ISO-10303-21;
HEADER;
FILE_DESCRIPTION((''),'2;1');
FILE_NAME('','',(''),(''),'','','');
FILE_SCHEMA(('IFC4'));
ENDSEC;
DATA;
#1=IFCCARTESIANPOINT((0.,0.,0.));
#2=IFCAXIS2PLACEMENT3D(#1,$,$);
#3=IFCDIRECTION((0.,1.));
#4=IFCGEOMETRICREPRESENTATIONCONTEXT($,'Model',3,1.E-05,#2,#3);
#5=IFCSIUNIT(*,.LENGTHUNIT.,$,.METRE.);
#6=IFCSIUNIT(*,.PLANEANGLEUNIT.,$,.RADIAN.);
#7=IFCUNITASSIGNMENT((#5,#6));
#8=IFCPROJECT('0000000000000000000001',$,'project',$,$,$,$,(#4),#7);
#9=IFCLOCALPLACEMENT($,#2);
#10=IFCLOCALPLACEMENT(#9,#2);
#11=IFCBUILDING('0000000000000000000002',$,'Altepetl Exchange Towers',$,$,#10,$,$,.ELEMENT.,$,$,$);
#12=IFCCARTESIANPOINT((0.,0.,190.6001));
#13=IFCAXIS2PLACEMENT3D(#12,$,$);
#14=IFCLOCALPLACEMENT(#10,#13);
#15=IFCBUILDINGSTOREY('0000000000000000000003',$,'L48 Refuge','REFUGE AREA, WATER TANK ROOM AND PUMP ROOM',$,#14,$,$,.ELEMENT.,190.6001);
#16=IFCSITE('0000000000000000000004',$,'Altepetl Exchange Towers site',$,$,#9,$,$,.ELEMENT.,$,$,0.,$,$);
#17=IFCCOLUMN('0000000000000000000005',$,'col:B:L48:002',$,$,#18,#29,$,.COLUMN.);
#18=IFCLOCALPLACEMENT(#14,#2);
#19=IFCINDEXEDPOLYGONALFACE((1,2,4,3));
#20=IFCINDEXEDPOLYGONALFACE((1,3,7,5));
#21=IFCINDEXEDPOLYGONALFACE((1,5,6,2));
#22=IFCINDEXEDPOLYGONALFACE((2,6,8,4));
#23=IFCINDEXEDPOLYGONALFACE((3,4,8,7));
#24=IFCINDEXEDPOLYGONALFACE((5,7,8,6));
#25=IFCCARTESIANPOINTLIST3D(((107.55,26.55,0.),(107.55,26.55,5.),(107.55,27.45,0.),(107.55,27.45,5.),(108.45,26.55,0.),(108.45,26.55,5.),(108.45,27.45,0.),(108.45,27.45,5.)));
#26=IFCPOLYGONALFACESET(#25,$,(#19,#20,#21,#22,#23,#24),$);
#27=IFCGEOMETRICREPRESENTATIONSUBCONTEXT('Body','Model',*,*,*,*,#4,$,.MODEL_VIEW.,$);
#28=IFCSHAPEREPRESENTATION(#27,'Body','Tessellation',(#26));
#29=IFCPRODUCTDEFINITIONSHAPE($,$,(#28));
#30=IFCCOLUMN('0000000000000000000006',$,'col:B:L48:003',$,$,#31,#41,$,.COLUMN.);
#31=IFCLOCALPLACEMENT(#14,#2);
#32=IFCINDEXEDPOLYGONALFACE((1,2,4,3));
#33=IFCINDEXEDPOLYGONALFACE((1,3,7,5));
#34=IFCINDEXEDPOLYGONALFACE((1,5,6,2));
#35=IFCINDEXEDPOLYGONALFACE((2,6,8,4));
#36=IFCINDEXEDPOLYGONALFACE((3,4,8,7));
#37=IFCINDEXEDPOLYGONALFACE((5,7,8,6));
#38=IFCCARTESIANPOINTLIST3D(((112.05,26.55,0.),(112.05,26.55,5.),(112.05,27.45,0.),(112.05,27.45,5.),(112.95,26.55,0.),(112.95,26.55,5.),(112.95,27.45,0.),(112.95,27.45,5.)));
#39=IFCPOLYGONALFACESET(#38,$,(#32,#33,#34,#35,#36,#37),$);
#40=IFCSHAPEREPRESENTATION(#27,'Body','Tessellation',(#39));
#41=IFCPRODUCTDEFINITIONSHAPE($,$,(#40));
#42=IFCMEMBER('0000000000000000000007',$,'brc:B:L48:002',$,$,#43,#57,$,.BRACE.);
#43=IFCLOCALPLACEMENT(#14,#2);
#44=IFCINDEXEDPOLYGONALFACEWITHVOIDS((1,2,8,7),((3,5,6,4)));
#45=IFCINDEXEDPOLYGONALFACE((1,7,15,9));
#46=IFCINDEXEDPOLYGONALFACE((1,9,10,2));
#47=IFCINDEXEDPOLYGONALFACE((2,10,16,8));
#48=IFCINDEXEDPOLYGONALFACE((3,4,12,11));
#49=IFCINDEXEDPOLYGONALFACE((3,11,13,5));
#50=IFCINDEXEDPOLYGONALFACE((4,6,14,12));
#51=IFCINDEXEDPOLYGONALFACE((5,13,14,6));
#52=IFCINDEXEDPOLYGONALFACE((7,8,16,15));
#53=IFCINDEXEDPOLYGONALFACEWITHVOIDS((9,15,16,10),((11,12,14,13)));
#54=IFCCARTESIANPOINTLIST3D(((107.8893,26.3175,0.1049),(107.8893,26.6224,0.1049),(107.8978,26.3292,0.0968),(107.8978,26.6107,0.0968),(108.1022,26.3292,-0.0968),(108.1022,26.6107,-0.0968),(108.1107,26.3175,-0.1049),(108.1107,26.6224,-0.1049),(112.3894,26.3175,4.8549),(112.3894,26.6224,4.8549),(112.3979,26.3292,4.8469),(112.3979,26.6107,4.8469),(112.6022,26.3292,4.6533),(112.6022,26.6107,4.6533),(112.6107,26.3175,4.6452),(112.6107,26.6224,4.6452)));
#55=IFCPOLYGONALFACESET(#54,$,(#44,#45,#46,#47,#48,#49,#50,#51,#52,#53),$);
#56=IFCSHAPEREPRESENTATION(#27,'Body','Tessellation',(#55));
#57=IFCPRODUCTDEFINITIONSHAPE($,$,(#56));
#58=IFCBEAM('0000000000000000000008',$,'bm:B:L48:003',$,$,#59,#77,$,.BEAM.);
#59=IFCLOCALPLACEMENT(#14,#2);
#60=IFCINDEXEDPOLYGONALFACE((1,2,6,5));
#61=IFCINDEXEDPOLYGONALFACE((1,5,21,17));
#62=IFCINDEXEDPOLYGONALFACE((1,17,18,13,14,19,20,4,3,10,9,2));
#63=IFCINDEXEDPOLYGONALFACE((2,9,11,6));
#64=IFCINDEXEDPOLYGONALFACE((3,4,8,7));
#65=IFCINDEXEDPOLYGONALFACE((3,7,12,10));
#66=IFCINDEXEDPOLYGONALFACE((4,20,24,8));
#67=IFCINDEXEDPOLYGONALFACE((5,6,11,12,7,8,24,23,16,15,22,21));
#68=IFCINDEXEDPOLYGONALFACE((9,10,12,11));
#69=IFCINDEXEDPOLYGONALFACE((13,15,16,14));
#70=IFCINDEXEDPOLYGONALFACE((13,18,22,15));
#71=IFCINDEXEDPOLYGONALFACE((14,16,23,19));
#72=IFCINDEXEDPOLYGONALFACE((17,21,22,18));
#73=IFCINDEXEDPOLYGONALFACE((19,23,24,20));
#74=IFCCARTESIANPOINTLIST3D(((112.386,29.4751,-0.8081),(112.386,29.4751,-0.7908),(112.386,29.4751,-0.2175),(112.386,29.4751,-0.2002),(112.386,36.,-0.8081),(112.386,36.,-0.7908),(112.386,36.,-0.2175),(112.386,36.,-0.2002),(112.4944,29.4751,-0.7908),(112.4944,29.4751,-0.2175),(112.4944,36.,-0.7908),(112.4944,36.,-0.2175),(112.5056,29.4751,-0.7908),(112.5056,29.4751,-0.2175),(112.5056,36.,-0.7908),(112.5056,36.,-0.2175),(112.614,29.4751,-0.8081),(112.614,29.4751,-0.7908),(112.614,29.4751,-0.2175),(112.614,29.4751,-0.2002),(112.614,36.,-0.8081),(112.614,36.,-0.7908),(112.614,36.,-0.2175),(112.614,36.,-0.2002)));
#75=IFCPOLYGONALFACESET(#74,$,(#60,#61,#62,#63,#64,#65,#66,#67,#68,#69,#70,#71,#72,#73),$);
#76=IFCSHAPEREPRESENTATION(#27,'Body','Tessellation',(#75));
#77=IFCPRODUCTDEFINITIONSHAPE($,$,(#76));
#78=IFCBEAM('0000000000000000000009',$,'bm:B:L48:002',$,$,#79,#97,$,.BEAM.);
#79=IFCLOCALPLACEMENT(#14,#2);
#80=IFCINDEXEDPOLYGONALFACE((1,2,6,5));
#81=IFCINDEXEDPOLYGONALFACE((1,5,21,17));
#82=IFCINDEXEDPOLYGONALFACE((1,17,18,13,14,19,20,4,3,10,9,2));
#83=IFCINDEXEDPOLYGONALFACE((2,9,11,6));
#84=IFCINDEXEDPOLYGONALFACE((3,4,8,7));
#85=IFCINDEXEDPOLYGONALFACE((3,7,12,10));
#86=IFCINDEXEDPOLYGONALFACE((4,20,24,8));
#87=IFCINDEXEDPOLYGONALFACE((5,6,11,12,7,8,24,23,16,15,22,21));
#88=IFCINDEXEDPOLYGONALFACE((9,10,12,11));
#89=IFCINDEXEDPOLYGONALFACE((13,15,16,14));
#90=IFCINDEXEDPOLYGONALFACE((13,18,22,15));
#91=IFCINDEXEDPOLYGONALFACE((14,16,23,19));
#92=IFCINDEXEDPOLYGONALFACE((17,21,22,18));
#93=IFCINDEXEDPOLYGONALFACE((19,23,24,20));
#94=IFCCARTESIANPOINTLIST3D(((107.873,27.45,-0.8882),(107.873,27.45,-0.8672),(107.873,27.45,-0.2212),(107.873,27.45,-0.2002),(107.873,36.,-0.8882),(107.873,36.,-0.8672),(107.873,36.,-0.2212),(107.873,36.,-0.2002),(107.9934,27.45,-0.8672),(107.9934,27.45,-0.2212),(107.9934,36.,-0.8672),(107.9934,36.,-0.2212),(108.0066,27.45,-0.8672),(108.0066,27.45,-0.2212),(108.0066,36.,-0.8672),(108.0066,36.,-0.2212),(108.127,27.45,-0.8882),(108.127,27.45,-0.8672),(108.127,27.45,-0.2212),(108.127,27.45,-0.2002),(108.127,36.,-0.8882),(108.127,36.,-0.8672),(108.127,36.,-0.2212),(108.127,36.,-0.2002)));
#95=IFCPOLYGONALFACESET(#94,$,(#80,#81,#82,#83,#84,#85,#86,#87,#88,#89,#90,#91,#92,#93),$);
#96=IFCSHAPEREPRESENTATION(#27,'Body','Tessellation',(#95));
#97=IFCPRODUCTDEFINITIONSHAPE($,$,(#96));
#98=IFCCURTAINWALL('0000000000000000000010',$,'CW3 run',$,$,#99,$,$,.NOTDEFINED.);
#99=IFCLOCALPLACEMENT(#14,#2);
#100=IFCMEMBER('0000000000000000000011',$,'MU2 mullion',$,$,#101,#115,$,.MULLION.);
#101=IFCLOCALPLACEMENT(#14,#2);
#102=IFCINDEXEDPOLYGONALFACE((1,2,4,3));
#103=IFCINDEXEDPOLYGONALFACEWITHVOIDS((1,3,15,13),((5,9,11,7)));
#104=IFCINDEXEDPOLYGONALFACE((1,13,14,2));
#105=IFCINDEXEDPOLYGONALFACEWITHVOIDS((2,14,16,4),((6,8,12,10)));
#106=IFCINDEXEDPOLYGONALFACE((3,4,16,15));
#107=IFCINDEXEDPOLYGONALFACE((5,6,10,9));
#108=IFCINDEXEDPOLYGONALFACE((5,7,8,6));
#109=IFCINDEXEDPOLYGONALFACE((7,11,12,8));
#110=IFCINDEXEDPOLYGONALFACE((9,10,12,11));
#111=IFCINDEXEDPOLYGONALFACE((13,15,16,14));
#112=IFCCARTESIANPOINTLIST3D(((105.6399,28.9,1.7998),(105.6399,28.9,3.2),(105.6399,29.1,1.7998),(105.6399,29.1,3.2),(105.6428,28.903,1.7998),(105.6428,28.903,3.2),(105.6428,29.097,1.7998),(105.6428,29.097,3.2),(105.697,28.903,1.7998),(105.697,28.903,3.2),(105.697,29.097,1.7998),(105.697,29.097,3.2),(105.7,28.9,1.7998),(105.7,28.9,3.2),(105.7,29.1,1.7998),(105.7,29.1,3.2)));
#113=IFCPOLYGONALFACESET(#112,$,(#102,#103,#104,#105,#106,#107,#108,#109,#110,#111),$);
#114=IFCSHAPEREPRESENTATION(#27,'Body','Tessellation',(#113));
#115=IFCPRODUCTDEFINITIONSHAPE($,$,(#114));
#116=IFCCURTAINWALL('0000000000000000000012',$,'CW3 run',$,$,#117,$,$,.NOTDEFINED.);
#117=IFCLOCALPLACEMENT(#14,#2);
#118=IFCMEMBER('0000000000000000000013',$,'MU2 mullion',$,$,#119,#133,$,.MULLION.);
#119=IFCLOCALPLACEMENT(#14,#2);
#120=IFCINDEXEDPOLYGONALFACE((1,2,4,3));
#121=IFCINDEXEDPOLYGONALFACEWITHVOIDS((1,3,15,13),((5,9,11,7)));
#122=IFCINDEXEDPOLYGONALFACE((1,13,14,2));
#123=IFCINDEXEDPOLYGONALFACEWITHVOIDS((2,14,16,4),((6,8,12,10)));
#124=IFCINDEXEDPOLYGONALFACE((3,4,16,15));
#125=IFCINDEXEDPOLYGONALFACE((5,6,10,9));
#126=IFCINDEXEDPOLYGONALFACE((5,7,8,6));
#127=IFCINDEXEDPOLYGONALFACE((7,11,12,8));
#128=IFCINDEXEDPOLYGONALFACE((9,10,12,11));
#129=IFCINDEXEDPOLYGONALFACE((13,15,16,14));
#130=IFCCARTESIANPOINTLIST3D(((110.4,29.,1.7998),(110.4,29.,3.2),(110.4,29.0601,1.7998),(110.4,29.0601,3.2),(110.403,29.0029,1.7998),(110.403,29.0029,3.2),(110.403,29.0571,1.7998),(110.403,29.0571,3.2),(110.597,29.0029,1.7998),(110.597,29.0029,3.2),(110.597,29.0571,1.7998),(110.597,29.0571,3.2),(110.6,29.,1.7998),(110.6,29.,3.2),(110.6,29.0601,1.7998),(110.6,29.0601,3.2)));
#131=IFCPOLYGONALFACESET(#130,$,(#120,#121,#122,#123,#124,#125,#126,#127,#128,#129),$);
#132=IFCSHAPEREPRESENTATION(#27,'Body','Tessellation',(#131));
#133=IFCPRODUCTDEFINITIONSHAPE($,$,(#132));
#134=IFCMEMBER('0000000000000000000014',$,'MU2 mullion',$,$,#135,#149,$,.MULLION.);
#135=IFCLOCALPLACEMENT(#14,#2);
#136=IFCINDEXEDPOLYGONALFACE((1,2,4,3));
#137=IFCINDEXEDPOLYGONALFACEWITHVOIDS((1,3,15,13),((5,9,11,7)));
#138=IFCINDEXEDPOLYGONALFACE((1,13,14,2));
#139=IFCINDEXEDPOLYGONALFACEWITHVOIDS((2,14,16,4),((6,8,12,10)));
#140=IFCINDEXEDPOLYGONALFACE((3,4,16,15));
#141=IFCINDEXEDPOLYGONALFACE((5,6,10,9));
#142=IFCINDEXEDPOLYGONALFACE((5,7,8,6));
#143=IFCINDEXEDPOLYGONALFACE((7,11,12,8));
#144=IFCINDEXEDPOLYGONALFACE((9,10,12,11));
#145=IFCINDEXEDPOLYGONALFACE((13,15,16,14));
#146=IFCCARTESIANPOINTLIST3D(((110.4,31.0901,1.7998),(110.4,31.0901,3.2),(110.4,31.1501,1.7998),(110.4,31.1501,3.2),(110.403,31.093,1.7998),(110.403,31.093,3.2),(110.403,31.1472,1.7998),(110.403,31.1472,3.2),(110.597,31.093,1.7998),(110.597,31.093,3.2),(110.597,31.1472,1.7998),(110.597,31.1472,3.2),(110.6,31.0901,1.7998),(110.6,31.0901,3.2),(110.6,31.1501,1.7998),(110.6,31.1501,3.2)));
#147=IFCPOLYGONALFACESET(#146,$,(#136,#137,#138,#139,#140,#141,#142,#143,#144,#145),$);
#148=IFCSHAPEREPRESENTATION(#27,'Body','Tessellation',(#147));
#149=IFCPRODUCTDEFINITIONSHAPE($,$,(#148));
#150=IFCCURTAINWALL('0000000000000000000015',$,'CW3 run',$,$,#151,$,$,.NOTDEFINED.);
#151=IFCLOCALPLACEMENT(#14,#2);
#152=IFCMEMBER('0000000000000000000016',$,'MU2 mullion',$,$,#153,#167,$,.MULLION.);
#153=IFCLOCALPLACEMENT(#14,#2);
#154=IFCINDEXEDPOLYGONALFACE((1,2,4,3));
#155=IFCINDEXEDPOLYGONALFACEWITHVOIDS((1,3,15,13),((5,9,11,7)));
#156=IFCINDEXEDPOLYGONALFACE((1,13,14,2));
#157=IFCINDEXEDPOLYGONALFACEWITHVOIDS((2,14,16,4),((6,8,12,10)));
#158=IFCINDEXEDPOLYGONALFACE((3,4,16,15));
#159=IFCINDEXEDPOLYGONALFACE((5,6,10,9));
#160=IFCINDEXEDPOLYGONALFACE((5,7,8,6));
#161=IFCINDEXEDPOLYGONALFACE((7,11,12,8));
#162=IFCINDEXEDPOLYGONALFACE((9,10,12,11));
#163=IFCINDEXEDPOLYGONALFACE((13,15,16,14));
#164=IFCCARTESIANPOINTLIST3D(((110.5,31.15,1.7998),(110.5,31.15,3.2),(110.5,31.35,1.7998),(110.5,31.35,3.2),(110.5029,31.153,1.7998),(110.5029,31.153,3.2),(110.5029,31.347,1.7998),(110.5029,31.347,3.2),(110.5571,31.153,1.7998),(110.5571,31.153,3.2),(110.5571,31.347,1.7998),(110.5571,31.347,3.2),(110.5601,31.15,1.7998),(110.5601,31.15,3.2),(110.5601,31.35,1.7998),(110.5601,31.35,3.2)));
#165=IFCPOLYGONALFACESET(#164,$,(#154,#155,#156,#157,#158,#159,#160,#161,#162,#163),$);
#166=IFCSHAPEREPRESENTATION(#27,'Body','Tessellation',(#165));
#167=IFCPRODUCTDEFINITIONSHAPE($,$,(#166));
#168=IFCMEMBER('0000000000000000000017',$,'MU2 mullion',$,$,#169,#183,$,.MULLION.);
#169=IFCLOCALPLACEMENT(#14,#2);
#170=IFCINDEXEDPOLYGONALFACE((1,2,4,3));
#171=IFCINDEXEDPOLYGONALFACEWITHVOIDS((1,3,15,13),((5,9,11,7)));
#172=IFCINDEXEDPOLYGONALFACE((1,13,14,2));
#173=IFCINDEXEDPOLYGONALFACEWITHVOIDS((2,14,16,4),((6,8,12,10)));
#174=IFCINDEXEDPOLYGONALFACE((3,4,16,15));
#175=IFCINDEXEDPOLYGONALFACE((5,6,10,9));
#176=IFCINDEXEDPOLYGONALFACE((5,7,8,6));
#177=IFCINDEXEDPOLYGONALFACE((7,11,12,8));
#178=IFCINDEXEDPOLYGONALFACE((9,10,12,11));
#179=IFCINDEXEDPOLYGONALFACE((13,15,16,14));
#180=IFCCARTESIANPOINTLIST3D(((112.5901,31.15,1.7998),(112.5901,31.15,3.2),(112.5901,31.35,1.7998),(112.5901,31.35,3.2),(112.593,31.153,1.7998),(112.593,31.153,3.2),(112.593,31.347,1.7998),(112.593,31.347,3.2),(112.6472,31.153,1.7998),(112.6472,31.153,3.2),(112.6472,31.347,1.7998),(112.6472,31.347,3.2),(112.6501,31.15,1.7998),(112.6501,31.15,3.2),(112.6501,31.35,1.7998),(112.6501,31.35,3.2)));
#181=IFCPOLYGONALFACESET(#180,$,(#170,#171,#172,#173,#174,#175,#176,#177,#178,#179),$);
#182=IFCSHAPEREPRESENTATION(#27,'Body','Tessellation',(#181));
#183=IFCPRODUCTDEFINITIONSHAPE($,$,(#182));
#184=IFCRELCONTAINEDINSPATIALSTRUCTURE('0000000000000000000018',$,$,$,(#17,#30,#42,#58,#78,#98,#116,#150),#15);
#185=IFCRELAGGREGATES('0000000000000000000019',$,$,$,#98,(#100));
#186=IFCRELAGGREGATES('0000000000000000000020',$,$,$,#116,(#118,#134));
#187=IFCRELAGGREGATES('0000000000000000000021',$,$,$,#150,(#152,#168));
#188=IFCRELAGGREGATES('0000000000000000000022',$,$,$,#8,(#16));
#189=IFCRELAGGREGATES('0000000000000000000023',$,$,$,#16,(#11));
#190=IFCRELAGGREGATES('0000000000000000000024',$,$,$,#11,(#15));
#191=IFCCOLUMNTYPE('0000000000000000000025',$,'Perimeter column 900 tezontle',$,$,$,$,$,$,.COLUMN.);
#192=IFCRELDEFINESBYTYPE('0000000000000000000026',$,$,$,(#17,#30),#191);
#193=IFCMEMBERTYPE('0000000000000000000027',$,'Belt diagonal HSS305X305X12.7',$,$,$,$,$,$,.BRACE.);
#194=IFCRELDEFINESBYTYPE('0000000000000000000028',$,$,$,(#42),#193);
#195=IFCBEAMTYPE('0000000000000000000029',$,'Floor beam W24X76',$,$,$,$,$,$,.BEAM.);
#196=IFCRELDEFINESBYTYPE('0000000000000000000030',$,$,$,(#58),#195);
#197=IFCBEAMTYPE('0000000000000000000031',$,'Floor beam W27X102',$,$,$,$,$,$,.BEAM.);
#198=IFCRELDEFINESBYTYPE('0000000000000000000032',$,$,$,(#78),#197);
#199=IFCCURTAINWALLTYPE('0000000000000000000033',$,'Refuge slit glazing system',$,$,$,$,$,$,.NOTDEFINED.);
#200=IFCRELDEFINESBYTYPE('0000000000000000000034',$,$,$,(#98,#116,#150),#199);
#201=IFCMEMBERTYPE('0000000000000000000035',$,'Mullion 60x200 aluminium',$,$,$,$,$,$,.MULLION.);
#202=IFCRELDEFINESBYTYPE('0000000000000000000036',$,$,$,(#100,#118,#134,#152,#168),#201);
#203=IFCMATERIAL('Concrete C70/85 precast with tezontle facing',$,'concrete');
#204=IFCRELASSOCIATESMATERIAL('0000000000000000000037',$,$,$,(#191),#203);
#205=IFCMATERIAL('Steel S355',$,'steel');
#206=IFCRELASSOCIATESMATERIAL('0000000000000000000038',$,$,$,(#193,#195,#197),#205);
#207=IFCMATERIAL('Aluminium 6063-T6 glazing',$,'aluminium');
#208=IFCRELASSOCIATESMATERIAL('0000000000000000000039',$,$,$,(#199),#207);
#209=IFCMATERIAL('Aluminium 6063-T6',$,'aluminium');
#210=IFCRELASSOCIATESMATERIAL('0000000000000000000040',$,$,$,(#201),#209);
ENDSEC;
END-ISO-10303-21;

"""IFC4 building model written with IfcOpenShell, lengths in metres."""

from ifc_helpers import new_model, si_unit, direction, frame, origin, origin_2d, place, context, subcontext, project, spatial, rectangle, hollow_rectangle, i_section, extrude, material, material_profile, profile_set, type_object, element, aggregate, save


model = new_model("IFC4")

# Units and contexts
model_context = context("Model", 3, precision=1e-05, world=origin(), true_north=direction((0.0, 1.0)))
body_context = subcontext(model_context, "Body", "Model", "MODEL_VIEW")
ifc_project = project(units=[si_unit("LENGTHUNIT", "METRE"), si_unit("PLANEANGLEUNIT", "RADIAN")], contexts=[model_context])

# Site, building, storey
site_placement = place(None, origin())
site = spatial("IfcSite", under=ifc_project, at=site_placement, Name="Altepetl Exchange Towers site", CompositionType="ELEMENT", RefElevation=0.0)
building_placement = place(site_placement, origin())
building = spatial("IfcBuilding", under=site, at=building_placement, Name="Altepetl Exchange Towers", CompositionType="ELEMENT")
storey_placement = place(building_placement, frame((0.0, 0.0, 190.6001)))
storey = spatial("IfcBuildingStorey", under=building, at=storey_placement, Name="L48 Refuge", Description="REFUGE AREA, WATER TANK ROOM AND PUMP ROOM", CompositionType="ELEMENT", Elevation=190.6001)

# Columns
ifc_material_1 = material(Name="Concrete C70/85 precast with tezontle facing", Category="concrete")
ifc_material_profile_1 = material_profile(ifc_material_1, rectangle(XDim=0.8999, YDim=0.8999, at=origin_2d()), Name="900 x 900")
ifc_profile_set_1 = profile_set([ifc_material_profile_1], Name="Concrete C70/85 precast with tezontle facing")
column_type = type_object("IfcColumnType", Name="Perimeter column 900 tezontle", PredefinedType="COLUMN", material=ifc_profile_set_1)
for number, where, name in (
    (1, (108.0, 27.0, 0.0), "col:B:L48:002"),
    (2, (112.5, 27.0, 0.0), "col:B:L48:003"),
):
    element("IfcColumn", number, at=place(storey_placement, frame(where)), inside=storey, type_object=column_type, Name=name, PredefinedType="COLUMN", context=body_context, shape_type="SweptSolid", body=[
        extrude(rectangle(XDim=0.8999, YDim=0.8999, at=origin_2d()), origin(), (0.0, 0.0, 1.0), 5.0),
    ])

# Member
ifc_material_2 = material(Name="Steel S355", Category="steel")
ifc_material_profile_2 = material_profile(ifc_material_2, hollow_rectangle(XDim=0.3049, YDim=0.3049, WallThickness=0.0117, at=origin_2d()), Name="HSS305X305X12.7")
ifc_profile_set_2 = profile_set([ifc_material_profile_2], Name="Steel S355")
member_type_1 = type_object("IfcMemberType", Name="Belt diagonal HSS305X305X12.7", PredefinedType="BRACE", material=ifc_profile_set_2)
member_1_placement = place(storey_placement, frame((108.0, 26.47, 0.0), z_axis=(0.687745, 0.0, 0.725953), x_axis=(0.0, 1.0, 0.0)))
element("IfcMember", 3, at=member_1_placement, inside=storey, type_object=member_type_1, Name="brc:B:L48:002", PredefinedType="BRACE", context=body_context, shape_type="SweptSolid", body=[
    extrude(hollow_rectangle(XDim=0.3049, YDim=0.3049, WallThickness=0.0117, at=origin_2d()), origin(), (0.0, 0.0, 1.0), 6.5432),
])

# Beams
ifc_material_profile_3 = material_profile(ifc_material_2, i_section(OverallWidth=0.228, OverallDepth=0.6079, WebThickness=0.0112, FlangeThickness=0.0173, at=origin_2d()), Name="W24X76")
ifc_profile_set_3 = profile_set([ifc_material_profile_3], Name="Steel S355")
beam_type_1 = type_object("IfcBeamType", Name="Floor beam W24X76", PredefinedType="BEAM", material=ifc_profile_set_3)
beam_1_placement = place(storey_placement, frame((112.5, 29.4751, -0.5042), z_axis=(0.0, 1.0, 0.0), x_axis=(-1.0, 0.0, 0.0)))
element("IfcBeam", 4, at=beam_1_placement, inside=storey, type_object=beam_type_1, Name="bm:B:L48:003", PredefinedType="BEAM", context=body_context, shape_type="SweptSolid", body=[
    extrude(i_section(OverallWidth=0.228, OverallDepth=0.6079, WebThickness=0.0112, FlangeThickness=0.0173, at=origin_2d()), origin(), (0.0, 0.0, 1.0), 6.5249),
])
ifc_material_profile_4 = material_profile(ifc_material_2, i_section(OverallWidth=0.2539, OverallDepth=0.688, WebThickness=0.0132, FlangeThickness=0.021, at=origin_2d()), Name="W27X102")
ifc_profile_set_4 = profile_set([ifc_material_profile_4], Name="Steel S355")
beam_type_2 = type_object("IfcBeamType", Name="Floor beam W27X102", PredefinedType="BEAM", material=ifc_profile_set_4)
beam_2_placement = place(storey_placement, frame((108.0, 27.45, -0.5442), z_axis=(0.0, 1.0, 0.0), x_axis=(-1.0, 0.0, 0.0)))
element("IfcBeam", 5, at=beam_2_placement, inside=storey, type_object=beam_type_2, Name="bm:B:L48:002", PredefinedType="BEAM", context=body_context, shape_type="SweptSolid", body=[
    extrude(i_section(OverallWidth=0.2539, OverallDepth=0.688, WebThickness=0.0132, FlangeThickness=0.021, at=origin_2d()), origin(), (0.0, 0.0, 1.0), 8.55),
])

# Curtain wall, member
ifc_material_3 = material(Name="Aluminium 6063-T6 glazing", Category="aluminium")
curtain_wall_type = type_object("IfcCurtainWallType", Name="Refuge slit glazing system", PredefinedType="NOTDEFINED", material=ifc_material_3)
curtain_wall_1_placement = place(storey_placement, origin())
curtain_wall_1 = element("IfcCurtainWall", 6, at=curtain_wall_1_placement, inside=storey, type_object=curtain_wall_type, Name="CW3 run", PredefinedType="NOTDEFINED")
ifc_material_4 = material(Name="Aluminium 6063-T6", Category="aluminium")
ifc_material_profile_5 = material_profile(ifc_material_4, hollow_rectangle(XDim=0.0601, YDim=0.2, WallThickness=0.0029, at=origin_2d()), Name="Mullion 60x200 aluminium")
ifc_profile_set_5 = profile_set([ifc_material_profile_5], Name="Aluminium 6063-T6")
member_type_2 = type_object("IfcMemberType", Name="Mullion 60x200 aluminium", PredefinedType="MULLION", material=ifc_profile_set_5)
member_2_placement = place(storey_placement, frame((105.6699, 29.0, 1.7998)))
member_2 = element("IfcMember", 7, at=member_2_placement, type_object=member_type_2, Name="MU2 mullion", PredefinedType="MULLION", context=body_context, shape_type="SweptSolid", body=[
    extrude(hollow_rectangle(XDim=0.0601, YDim=0.2, WallThickness=0.0029, at=origin_2d()), origin(), (0.0, 0.0, 1.0), 1.4001),
])
aggregate(curtain_wall_1, [member_2])

# Curtain walls, members
curtain_wall_2_placement = place(storey_placement, origin())
curtain_wall_2 = element("IfcCurtainWall", 8, at=curtain_wall_2_placement, inside=storey, type_object=curtain_wall_type, Name="CW3 run", PredefinedType="NOTDEFINED")
member_3_placement = place(storey_placement, frame((110.5, 29.03, 1.7998), z_axis=(0.0, 0.0, 1.0), x_axis=(0.0, 1.0, 0.0)))
member_3 = element("IfcMember", 9, at=member_3_placement, type_object=member_type_2, Name="MU2 mullion", PredefinedType="MULLION", context=body_context, shape_type="SweptSolid", body=[
    extrude(hollow_rectangle(XDim=0.0601, YDim=0.2, WallThickness=0.0029, at=origin_2d()), origin(), (0.0, 0.0, 1.0), 1.4001),
])
member_4_placement = place(storey_placement, frame((110.5, 31.1201, 1.7998), z_axis=(0.0, 0.0, 1.0), x_axis=(0.0, 1.0, 0.0)))
member_4 = element("IfcMember", 10, at=member_4_placement, type_object=member_type_2, Name="MU2 mullion", PredefinedType="MULLION", context=body_context, shape_type="SweptSolid", body=[
    extrude(hollow_rectangle(XDim=0.0601, YDim=0.2, WallThickness=0.0029, at=origin_2d()), origin(), (0.0, 0.0, 1.0), 1.4001),
])
curtain_wall_3_placement = place(storey_placement, origin())
curtain_wall_3 = element("IfcCurtainWall", 11, at=curtain_wall_3_placement, inside=storey, type_object=curtain_wall_type, Name="CW3 run", PredefinedType="NOTDEFINED")
member_5_placement = place(storey_placement, frame((110.53, 31.25, 1.7998)))
member_5 = element("IfcMember", 12, at=member_5_placement, type_object=member_type_2, Name="MU2 mullion", PredefinedType="MULLION", context=body_context, shape_type="SweptSolid", body=[
    extrude(hollow_rectangle(XDim=0.0601, YDim=0.2, WallThickness=0.0029, at=origin_2d()), origin(), (0.0, 0.0, 1.0), 1.4001),
])
member_6_placement = place(storey_placement, frame((112.6201, 31.25, 1.7998)))
member_6 = element("IfcMember", 13, at=member_6_placement, type_object=member_type_2, Name="MU2 mullion", PredefinedType="MULLION", context=body_context, shape_type="SweptSolid", body=[
    extrude(hollow_rectangle(XDim=0.0601, YDim=0.2, WallThickness=0.0029, at=origin_2d()), origin(), (0.0, 0.0, 1.0), 1.4001),
])

aggregate(curtain_wall_2, [member_3, member_4])
aggregate(curtain_wall_3, [member_5, member_6])

save(model, "model.ifc")
